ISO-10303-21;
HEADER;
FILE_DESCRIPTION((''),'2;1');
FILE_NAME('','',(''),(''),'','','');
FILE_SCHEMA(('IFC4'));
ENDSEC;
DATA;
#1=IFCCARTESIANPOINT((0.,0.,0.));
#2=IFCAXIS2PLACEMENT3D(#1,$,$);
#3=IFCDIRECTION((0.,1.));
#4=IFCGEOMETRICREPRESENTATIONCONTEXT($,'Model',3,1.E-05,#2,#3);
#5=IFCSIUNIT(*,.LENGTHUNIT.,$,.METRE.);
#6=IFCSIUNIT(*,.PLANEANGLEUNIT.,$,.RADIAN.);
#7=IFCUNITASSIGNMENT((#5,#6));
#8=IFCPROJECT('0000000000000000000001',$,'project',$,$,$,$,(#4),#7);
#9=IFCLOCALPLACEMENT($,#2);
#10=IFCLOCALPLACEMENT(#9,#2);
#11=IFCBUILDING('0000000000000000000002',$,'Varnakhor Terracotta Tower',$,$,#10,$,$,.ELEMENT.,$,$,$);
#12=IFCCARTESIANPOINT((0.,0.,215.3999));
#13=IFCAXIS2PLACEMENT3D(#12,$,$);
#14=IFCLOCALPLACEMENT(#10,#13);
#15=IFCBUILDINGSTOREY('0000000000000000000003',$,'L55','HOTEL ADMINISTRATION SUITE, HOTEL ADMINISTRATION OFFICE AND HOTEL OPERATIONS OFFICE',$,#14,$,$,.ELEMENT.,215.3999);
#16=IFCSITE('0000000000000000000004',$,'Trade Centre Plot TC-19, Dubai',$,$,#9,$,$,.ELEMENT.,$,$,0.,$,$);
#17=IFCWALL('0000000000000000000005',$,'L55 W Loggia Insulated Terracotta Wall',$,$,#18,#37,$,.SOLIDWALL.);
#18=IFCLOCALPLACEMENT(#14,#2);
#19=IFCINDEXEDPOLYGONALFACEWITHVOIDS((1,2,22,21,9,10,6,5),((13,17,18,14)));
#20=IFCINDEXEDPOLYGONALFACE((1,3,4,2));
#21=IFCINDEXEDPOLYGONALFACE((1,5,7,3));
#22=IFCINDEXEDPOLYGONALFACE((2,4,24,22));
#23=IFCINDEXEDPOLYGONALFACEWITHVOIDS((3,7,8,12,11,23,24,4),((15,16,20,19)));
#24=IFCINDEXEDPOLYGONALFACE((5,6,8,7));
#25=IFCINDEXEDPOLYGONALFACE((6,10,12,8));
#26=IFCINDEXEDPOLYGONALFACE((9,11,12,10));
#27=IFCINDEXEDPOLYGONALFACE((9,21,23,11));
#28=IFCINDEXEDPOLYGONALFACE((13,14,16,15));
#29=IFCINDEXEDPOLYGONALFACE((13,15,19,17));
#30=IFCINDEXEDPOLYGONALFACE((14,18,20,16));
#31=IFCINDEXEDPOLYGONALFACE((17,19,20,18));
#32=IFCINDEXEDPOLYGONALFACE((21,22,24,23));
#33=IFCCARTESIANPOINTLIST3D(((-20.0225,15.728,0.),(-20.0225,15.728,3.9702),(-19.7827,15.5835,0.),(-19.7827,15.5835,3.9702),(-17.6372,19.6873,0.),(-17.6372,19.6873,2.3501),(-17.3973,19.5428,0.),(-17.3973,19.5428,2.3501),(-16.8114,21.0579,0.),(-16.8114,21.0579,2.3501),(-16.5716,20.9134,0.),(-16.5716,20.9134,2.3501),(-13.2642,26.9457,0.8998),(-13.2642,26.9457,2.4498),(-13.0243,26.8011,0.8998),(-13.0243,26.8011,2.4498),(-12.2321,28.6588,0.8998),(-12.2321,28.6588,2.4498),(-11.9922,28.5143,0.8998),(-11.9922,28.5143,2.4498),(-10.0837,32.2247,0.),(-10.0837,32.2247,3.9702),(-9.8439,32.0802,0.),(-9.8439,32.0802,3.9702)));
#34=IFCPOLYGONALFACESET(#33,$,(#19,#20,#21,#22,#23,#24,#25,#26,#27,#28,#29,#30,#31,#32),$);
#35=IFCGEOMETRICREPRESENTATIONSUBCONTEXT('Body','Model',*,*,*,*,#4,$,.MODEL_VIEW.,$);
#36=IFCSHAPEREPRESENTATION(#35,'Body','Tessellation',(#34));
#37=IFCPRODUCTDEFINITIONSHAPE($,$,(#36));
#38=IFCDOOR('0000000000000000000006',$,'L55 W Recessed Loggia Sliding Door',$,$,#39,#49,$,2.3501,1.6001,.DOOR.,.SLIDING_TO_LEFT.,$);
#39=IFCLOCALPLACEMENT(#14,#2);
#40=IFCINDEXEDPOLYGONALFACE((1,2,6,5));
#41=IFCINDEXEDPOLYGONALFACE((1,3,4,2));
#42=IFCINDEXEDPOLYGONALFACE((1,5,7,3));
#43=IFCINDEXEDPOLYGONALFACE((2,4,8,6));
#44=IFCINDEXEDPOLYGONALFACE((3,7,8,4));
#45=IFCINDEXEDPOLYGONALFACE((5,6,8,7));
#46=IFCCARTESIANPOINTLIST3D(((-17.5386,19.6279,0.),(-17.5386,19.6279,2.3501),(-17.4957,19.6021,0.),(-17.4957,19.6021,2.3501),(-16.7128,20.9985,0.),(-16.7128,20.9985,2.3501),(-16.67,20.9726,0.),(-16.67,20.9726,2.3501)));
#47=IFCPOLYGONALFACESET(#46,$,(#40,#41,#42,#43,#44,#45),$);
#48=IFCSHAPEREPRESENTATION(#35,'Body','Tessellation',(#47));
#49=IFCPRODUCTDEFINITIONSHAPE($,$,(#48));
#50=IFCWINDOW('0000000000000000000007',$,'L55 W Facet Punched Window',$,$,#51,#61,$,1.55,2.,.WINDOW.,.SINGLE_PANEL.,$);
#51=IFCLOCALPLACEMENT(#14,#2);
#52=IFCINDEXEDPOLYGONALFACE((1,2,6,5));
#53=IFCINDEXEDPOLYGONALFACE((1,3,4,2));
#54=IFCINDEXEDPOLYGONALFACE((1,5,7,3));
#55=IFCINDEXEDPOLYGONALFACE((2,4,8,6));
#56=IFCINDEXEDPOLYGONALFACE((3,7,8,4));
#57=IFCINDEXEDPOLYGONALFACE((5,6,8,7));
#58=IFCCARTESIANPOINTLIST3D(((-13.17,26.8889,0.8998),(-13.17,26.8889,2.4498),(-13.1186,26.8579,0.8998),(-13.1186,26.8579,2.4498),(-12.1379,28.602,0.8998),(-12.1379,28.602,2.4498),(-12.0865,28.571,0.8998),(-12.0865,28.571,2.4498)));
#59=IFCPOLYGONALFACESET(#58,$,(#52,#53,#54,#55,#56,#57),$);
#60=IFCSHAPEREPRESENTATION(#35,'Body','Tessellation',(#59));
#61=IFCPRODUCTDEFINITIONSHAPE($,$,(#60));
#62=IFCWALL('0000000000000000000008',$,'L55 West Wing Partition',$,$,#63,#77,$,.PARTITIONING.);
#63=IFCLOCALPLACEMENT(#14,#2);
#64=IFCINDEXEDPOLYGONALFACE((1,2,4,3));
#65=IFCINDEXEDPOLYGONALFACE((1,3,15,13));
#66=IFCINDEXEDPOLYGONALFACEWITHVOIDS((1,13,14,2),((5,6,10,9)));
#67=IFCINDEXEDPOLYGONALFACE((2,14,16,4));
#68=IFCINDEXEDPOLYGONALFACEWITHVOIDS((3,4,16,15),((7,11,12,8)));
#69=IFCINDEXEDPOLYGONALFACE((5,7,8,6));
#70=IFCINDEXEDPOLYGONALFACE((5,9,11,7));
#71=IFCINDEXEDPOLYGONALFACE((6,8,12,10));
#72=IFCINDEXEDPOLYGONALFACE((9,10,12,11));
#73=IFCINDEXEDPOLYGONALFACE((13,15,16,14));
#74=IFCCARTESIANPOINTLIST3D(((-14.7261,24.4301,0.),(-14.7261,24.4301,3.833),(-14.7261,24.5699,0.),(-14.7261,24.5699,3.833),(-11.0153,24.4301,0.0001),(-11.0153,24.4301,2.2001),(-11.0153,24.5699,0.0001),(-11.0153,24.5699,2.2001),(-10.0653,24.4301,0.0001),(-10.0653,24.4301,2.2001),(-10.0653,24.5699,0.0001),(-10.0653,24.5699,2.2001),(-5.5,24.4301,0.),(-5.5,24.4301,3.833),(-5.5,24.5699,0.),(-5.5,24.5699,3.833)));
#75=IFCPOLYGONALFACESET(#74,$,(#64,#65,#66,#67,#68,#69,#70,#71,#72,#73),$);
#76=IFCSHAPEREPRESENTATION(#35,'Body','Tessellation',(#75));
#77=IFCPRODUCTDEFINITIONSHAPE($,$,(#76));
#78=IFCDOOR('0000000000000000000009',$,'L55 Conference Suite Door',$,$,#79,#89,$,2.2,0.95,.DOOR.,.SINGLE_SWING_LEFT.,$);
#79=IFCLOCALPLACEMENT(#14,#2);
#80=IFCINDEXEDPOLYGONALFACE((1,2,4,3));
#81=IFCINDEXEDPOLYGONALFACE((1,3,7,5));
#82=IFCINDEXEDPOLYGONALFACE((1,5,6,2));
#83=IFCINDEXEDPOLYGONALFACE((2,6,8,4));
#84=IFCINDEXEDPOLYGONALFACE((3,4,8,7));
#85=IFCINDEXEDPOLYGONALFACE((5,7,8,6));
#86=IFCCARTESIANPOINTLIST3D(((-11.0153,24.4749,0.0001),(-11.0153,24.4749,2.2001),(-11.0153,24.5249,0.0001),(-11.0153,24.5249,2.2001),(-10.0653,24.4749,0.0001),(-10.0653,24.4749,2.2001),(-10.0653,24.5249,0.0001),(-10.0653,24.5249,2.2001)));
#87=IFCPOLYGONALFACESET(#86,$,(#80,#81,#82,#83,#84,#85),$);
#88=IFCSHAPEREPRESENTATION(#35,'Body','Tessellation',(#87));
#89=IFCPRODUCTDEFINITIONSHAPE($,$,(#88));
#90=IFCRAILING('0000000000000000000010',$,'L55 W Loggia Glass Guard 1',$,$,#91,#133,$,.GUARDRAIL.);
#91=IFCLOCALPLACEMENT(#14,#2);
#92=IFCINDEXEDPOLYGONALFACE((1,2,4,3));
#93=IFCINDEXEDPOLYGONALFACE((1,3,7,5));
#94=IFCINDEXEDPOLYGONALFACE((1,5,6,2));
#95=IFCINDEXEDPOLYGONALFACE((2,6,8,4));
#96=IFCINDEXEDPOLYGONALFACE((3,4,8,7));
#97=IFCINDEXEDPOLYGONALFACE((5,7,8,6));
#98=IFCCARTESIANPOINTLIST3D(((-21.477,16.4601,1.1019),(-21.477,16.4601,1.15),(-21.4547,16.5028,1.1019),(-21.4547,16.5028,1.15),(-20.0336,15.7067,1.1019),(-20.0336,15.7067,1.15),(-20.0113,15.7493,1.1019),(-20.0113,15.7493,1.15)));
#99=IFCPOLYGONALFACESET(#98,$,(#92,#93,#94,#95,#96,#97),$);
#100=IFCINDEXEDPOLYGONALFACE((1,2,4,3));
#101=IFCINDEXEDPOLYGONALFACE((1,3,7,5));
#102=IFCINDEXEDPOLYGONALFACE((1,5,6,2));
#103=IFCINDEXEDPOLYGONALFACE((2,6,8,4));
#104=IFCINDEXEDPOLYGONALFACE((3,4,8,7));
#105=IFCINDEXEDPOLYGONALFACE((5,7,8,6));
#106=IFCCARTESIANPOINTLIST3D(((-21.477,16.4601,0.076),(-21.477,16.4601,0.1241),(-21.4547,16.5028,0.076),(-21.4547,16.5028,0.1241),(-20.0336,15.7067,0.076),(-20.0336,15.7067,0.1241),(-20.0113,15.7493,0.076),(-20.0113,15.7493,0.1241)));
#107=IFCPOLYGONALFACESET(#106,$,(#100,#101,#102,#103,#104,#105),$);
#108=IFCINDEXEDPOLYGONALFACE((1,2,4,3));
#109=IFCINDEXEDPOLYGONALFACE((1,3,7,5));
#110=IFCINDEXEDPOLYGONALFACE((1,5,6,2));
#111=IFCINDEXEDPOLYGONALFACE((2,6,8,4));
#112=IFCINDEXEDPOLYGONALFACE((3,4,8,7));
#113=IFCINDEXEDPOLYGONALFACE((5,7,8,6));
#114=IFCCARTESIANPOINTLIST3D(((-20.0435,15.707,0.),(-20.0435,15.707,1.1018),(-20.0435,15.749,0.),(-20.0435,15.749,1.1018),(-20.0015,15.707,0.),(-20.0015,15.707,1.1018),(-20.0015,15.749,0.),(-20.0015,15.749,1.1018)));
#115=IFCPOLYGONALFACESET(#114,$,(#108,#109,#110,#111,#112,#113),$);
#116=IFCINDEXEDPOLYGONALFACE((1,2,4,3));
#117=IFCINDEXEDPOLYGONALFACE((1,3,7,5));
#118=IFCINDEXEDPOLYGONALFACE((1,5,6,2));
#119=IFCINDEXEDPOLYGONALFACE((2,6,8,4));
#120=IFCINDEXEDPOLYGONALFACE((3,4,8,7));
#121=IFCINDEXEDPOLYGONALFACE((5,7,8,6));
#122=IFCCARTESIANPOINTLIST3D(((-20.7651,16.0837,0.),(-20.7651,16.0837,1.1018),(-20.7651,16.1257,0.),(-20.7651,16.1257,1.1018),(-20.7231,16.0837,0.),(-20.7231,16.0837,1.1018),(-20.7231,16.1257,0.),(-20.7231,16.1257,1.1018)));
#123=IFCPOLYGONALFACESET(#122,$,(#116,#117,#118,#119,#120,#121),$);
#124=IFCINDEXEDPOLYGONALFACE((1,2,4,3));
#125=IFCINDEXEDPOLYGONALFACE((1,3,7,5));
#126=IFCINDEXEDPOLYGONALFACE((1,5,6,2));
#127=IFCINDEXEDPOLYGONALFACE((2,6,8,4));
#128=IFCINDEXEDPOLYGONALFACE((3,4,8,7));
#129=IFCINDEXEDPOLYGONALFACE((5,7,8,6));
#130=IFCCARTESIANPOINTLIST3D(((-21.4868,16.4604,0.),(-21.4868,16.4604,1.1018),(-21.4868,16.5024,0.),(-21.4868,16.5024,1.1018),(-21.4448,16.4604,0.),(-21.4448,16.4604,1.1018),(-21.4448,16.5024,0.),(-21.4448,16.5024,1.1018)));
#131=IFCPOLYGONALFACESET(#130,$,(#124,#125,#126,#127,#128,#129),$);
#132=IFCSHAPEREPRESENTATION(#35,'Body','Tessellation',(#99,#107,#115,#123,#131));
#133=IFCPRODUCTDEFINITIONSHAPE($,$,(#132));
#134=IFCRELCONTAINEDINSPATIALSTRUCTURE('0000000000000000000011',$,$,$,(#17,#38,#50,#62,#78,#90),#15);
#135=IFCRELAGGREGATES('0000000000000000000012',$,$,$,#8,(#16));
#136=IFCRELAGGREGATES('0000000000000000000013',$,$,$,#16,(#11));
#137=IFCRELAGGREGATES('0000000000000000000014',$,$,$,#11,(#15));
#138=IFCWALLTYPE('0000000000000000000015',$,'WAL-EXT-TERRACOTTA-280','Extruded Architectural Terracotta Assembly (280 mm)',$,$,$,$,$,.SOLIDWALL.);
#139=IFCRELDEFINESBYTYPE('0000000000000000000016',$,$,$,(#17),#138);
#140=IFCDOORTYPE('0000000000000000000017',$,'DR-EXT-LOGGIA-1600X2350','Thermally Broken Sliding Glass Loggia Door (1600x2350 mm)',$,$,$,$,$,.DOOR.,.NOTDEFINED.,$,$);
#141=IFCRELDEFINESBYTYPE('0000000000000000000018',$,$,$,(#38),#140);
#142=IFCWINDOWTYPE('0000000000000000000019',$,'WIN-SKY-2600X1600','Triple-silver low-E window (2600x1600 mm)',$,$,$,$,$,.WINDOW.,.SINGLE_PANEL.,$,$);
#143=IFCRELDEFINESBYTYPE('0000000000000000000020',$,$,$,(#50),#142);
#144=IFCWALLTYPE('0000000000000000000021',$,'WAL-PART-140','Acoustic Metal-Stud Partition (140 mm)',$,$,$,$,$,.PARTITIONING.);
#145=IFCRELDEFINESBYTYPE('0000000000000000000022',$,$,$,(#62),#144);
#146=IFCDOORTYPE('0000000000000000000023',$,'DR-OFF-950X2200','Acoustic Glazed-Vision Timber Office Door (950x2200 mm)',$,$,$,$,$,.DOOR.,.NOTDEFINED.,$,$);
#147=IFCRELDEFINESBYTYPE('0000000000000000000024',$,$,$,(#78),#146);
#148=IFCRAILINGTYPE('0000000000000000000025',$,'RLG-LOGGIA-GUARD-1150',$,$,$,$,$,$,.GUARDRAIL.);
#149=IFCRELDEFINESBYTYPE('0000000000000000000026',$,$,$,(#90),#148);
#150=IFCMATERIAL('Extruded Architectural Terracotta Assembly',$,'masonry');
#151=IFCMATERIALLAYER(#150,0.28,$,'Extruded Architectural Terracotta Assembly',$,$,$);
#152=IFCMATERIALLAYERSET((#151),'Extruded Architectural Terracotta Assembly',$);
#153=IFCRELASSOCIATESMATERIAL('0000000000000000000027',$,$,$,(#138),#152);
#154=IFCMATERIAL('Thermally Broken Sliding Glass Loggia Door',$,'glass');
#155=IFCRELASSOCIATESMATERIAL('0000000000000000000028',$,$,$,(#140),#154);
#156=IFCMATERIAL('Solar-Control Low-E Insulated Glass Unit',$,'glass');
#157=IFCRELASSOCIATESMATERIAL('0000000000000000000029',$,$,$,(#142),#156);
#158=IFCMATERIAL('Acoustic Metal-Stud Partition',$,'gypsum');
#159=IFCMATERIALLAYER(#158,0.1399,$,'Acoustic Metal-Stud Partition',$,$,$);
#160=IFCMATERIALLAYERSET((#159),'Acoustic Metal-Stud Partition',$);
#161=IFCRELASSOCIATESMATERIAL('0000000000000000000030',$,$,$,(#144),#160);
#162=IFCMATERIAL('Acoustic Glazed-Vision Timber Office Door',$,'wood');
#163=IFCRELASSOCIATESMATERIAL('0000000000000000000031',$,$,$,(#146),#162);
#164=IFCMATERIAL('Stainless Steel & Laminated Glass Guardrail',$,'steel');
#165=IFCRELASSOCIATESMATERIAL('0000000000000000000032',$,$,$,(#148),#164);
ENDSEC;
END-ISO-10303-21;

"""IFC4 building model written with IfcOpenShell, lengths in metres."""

from ifc_helpers import new_model, si_unit, direction, frame, frame_2d, origin, origin_2d, place, context, subcontext, project, spatial, rectangle, extrude, source, transform, mapped, material, layer, layer_set, type_object, type_shapes, element, fill, save


model = new_model("IFC4")

# Units and contexts
model_context = context("Model", 3, precision=1e-05, world=origin(), true_north=direction((0.0, 1.0)))
body_context = subcontext(model_context, "Body", "Model", "MODEL_VIEW")
ifc_project = project(units=[si_unit("LENGTHUNIT", "METRE"), si_unit("PLANEANGLEUNIT", "RADIAN")], contexts=[model_context])

# Site, building, storey
site_placement = place(None, origin())
site = spatial("IfcSite", under=ifc_project, at=site_placement, Name="Trade Centre Plot TC-19, Dubai", CompositionType="ELEMENT", RefElevation=0.0)
building_placement = place(site_placement, origin())
building = spatial("IfcBuilding", under=site, at=building_placement, Name="Varnakhor Terracotta Tower", CompositionType="ELEMENT")
storey_placement = place(building_placement, frame((0.0, 0.0, 215.3999)))
storey = spatial("IfcBuildingStorey", under=building, at=storey_placement, Name="L55", Description="HOTEL ADMINISTRATION SUITE, HOTEL ADMINISTRATION OFFICE AND HOTEL OPERATIONS OFFICE", CompositionType="ELEMENT", Elevation=215.3999)

# Wall, openings, door, window
ifc_material_1 = material(Name="Extruded Architectural Terracotta Assembly", Category="masonry")
ifc_layer_1 = layer(ifc_material_1, 0.28, Name="Extruded Architectural Terracotta Assembly")
ifc_layer_set_1 = layer_set([ifc_layer_1], Name="Extruded Architectural Terracotta Assembly")
wall_type_1 = type_object("IfcWallType", Name="WAL-EXT-TERRACOTTA-280", Description="Extruded Architectural Terracotta Assembly (280 mm)", PredefinedType="SOLIDWALL", material=ifc_layer_set_1)
wall_1_placement = place(storey_placement, frame((-19.9026, 15.6558, 0.0), z_axis=(0.0, 0.0, 1.0), x_axis=(0.516052, 0.856558, 0.0)))
wall_1 = element("IfcWall", 1, at=wall_1_placement, inside=storey, type_object=wall_type_1, Name="L55 W Loggia Insulated Terracotta Wall", PredefinedType="SOLIDWALL", context=body_context, shape_type="SweptSolid", body=[
    extrude(rectangle(XDim=19.2593, YDim=0.28, at=frame_2d((9.6296, 0.0))), origin(), (0.0, 0.0, 1.0), 3.9702),
])
opening_1_placement = place(wall_1_placement, frame((4.6223, 0.0, 0.0)))
opening_1 = element("IfcOpeningElement", 2, at=opening_1_placement, cuts=wall_1, PredefinedType="OPENING", context=body_context, shape_type="SweptSolid", body=[
    extrude(rectangle(XDim=1.6001, YDim=2.3501, at=frame_2d((0.8, 1.175))), frame((0.0, 0.1499, 0.0), z_axis=(0.0, -1.0, 0.0), x_axis=(1.0, 0.0, 0.0)), (0.0, 0.0, 1.0), 0.3),
])
opening_2_placement = place(wall_1_placement, frame((13.0962, 0.0, 0.8999)))
opening_2 = element("IfcOpeningElement", 3, at=opening_2_placement, cuts=wall_1, PredefinedType="OPENING", context=body_context, shape_type="SweptSolid", body=[
    extrude(rectangle(XDim=2.0, YDim=1.55, at=frame_2d((1.0, 0.7749))), frame((0.0, 0.1499, 0.0), z_axis=(0.0, -1.0, 0.0), x_axis=(1.0, 0.0, 0.0)), (0.0, 0.0, 1.0), 0.3),
])
ifc_material_2 = material(Name="Thermally Broken Sliding Glass Loggia Door", Category="glass")
door_type_1 = type_object("IfcDoorType", Name="DR-EXT-LOGGIA-1600X2350", Description="Thermally Broken Sliding Glass Loggia Door (1600x2350 mm)", OperationType="NOTDEFINED", PredefinedType="DOOR", material=ifc_material_2)
shared_shape_1 = source(origin(), body_context, "Body", "SweptSolid", [
    extrude(rectangle(XDim=1.6001, YDim=2.3501, at=frame_2d((0.8, 1.175))), frame((0.0, 0.0249, 0.0), z_axis=(0.0, -1.0, 0.0), x_axis=(1.0, 0.0, 0.0)), (0.0, 0.0, 1.0), 0.05),
])
type_shapes(door_type_1, [shared_shape_1])
door_1_placement = place(opening_1_placement, origin())
door_1 = element("IfcDoor", 4, at=door_1_placement, inside=storey, type_object=door_type_1, Name="L55 W Recessed Loggia Sliding Door", OperationType="SLIDING_TO_LEFT", OverallHeight=2.3501, OverallWidth=1.6001, PredefinedType="DOOR", context=body_context, shape_type="MappedRepresentation", body=[
    mapped(shared_shape_1, transform((0.0, 0.0, 0.0), scale=1.0)),
])
fill(opening_1, door_1)
ifc_material_3 = material(Name="Solar-Control Low-E Insulated Glass Unit", Category="glass")
window_type = type_object("IfcWindowType", Name="WIN-SKY-2600X1600", Description="Triple-silver low-E window (2600x1600 mm)", PartitioningType="SINGLE_PANEL", PredefinedType="WINDOW", material=ifc_material_3)
shared_shape_2 = source(origin(), body_context, "Body", "SweptSolid", [
    extrude(rectangle(XDim=2.0, YDim=1.55, at=frame_2d((1.0, 0.7749))), frame((0.0, 0.03, 0.0), z_axis=(0.0, -1.0, 0.0), x_axis=(1.0, 0.0, 0.0)), (0.0, 0.0, 1.0), 0.0601),
])
type_shapes(window_type, [shared_shape_2])
window_placement = place(opening_2_placement, origin())
window = element("IfcWindow", 5, at=window_placement, inside=storey, type_object=window_type, Name="L55 W Facet Punched Window", OverallHeight=1.55, OverallWidth=2.0, PartitioningType="SINGLE_PANEL", PredefinedType="WINDOW", context=body_context, shape_type="MappedRepresentation", body=[
    mapped(shared_shape_2, transform((0.0, 0.0, 0.0), scale=1.0)),
])
fill(opening_2, window)

# Wall, opening, door
ifc_material_4 = material(Name="Acoustic Metal-Stud Partition", Category="gypsum")
ifc_layer_2 = layer(ifc_material_4, 0.1399, Name="Acoustic Metal-Stud Partition")
ifc_layer_set_2 = layer_set([ifc_layer_2], Name="Acoustic Metal-Stud Partition")
wall_type_2 = type_object("IfcWallType", Name="WAL-PART-140", Description="Acoustic Metal-Stud Partition (140 mm)", PredefinedType="PARTITIONING", material=ifc_layer_set_2)
wall_2_placement = place(storey_placement, frame((-14.7261, 24.5, 0.0), z_axis=(0.0, 0.0, 1.0), x_axis=(1.0, 0.0, 0.0)))
wall_2 = element("IfcWall", 6, at=wall_2_placement, inside=storey, type_object=wall_type_2, Name="L55 West Wing Partition", PredefinedType="PARTITIONING", context=body_context, shape_type="SweptSolid", body=[
    extrude(rectangle(XDim=9.2261, YDim=0.1399, at=frame_2d((4.613, 0.0))), origin(), (0.0, 0.0, 1.0), 3.833),
])
opening_3_placement = place(wall_2_placement, frame((3.7107, 0.0, 0.0)))
opening_3 = element("IfcOpeningElement", 7, at=opening_3_placement, cuts=wall_2, PredefinedType="OPENING", context=body_context, shape_type="SweptSolid", body=[
    extrude(rectangle(XDim=0.95, YDim=2.2, at=frame_2d((0.4751, 1.1001))), frame((0.0, 0.0801, 0.0), z_axis=(0.0, -1.0, 0.0), x_axis=(1.0, 0.0, 0.0)), (0.0, 0.0, 1.0), 0.1599),
])
ifc_material_5 = material(Name="Acoustic Glazed-Vision Timber Office Door", Category="wood")
door_type_2 = type_object("IfcDoorType", Name="DR-OFF-950X2200", Description="Acoustic Glazed-Vision Timber Office Door (950x2200 mm)", OperationType="NOTDEFINED", PredefinedType="DOOR", material=ifc_material_5)
shared_shape_3 = source(origin(), body_context, "Body", "SweptSolid", [
    extrude(rectangle(XDim=0.95, YDim=2.2, at=frame_2d((0.4751, 1.1001))), frame((0.0, 0.0249, 0.0), z_axis=(0.0, -1.0, 0.0), x_axis=(1.0, 0.0, 0.0)), (0.0, 0.0, 1.0), 0.05),
])
type_shapes(door_type_2, [shared_shape_3])
door_2_placement = place(opening_3_placement, origin())
door_2 = element("IfcDoor", 8, at=door_2_placement, inside=storey, type_object=door_type_2, Name="L55 Conference Suite Door", OperationType="SINGLE_SWING_LEFT", OverallHeight=2.2, OverallWidth=0.95, PredefinedType="DOOR", context=body_context, shape_type="MappedRepresentation", body=[
    mapped(shared_shape_3, transform((0.0, 0.0, 0.0), scale=1.0)),
])
fill(opening_3, door_2)

# Railing
ifc_material_6 = material(Name="Stainless Steel & Laminated Glass Guardrail", Category="steel")
railing_type = type_object("IfcRailingType", Name="RLG-LOGGIA-GUARD-1150", PredefinedType="GUARDRAIL", material=ifc_material_6)
railing_1_placement = place(storey_placement, frame((-20.0225, 15.728, 0.0)))
element("IfcRailing", 9, at=railing_1_placement, inside=storey, type_object=railing_type, Name="L55 W Loggia Glass Guard 1", PredefinedType="GUARDRAIL", context=body_context, shape_type="SweptSolid", body=[
    extrude(rectangle(XDim=0.0481, YDim=0.0481, at=origin_2d()), frame((0.0, 0.0, 1.126), z_axis=(-0.886494, 0.46274, 0.0), x_axis=(-0.46274, -0.886494, 0.0)), (0.0, 0.0, 1.0), 1.6282),
    extrude(rectangle(XDim=0.0481, YDim=0.0481, at=origin_2d()), frame((0.0, 0.0, 0.1001), z_axis=(-0.886494, 0.46274, 0.0), x_axis=(-0.46274, -0.886494, 0.0)), (0.0, 0.0, 1.0), 1.6282),
    extrude(rectangle(XDim=0.042, YDim=0.042, at=origin_2d()), origin(), (0.0, 0.0, 1.0), 1.1018),
    extrude(rectangle(XDim=0.042, YDim=0.042, at=origin_2d()), frame((-0.7217, 0.3767, 0.0)), (0.0, 0.0, 1.0), 1.1018),
    extrude(rectangle(XDim=0.042, YDim=0.042, at=origin_2d()), frame((-1.4434, 0.7534, 0.0)), (0.0, 0.0, 1.0), 1.1018),
])

save(model, "model.ifc")
